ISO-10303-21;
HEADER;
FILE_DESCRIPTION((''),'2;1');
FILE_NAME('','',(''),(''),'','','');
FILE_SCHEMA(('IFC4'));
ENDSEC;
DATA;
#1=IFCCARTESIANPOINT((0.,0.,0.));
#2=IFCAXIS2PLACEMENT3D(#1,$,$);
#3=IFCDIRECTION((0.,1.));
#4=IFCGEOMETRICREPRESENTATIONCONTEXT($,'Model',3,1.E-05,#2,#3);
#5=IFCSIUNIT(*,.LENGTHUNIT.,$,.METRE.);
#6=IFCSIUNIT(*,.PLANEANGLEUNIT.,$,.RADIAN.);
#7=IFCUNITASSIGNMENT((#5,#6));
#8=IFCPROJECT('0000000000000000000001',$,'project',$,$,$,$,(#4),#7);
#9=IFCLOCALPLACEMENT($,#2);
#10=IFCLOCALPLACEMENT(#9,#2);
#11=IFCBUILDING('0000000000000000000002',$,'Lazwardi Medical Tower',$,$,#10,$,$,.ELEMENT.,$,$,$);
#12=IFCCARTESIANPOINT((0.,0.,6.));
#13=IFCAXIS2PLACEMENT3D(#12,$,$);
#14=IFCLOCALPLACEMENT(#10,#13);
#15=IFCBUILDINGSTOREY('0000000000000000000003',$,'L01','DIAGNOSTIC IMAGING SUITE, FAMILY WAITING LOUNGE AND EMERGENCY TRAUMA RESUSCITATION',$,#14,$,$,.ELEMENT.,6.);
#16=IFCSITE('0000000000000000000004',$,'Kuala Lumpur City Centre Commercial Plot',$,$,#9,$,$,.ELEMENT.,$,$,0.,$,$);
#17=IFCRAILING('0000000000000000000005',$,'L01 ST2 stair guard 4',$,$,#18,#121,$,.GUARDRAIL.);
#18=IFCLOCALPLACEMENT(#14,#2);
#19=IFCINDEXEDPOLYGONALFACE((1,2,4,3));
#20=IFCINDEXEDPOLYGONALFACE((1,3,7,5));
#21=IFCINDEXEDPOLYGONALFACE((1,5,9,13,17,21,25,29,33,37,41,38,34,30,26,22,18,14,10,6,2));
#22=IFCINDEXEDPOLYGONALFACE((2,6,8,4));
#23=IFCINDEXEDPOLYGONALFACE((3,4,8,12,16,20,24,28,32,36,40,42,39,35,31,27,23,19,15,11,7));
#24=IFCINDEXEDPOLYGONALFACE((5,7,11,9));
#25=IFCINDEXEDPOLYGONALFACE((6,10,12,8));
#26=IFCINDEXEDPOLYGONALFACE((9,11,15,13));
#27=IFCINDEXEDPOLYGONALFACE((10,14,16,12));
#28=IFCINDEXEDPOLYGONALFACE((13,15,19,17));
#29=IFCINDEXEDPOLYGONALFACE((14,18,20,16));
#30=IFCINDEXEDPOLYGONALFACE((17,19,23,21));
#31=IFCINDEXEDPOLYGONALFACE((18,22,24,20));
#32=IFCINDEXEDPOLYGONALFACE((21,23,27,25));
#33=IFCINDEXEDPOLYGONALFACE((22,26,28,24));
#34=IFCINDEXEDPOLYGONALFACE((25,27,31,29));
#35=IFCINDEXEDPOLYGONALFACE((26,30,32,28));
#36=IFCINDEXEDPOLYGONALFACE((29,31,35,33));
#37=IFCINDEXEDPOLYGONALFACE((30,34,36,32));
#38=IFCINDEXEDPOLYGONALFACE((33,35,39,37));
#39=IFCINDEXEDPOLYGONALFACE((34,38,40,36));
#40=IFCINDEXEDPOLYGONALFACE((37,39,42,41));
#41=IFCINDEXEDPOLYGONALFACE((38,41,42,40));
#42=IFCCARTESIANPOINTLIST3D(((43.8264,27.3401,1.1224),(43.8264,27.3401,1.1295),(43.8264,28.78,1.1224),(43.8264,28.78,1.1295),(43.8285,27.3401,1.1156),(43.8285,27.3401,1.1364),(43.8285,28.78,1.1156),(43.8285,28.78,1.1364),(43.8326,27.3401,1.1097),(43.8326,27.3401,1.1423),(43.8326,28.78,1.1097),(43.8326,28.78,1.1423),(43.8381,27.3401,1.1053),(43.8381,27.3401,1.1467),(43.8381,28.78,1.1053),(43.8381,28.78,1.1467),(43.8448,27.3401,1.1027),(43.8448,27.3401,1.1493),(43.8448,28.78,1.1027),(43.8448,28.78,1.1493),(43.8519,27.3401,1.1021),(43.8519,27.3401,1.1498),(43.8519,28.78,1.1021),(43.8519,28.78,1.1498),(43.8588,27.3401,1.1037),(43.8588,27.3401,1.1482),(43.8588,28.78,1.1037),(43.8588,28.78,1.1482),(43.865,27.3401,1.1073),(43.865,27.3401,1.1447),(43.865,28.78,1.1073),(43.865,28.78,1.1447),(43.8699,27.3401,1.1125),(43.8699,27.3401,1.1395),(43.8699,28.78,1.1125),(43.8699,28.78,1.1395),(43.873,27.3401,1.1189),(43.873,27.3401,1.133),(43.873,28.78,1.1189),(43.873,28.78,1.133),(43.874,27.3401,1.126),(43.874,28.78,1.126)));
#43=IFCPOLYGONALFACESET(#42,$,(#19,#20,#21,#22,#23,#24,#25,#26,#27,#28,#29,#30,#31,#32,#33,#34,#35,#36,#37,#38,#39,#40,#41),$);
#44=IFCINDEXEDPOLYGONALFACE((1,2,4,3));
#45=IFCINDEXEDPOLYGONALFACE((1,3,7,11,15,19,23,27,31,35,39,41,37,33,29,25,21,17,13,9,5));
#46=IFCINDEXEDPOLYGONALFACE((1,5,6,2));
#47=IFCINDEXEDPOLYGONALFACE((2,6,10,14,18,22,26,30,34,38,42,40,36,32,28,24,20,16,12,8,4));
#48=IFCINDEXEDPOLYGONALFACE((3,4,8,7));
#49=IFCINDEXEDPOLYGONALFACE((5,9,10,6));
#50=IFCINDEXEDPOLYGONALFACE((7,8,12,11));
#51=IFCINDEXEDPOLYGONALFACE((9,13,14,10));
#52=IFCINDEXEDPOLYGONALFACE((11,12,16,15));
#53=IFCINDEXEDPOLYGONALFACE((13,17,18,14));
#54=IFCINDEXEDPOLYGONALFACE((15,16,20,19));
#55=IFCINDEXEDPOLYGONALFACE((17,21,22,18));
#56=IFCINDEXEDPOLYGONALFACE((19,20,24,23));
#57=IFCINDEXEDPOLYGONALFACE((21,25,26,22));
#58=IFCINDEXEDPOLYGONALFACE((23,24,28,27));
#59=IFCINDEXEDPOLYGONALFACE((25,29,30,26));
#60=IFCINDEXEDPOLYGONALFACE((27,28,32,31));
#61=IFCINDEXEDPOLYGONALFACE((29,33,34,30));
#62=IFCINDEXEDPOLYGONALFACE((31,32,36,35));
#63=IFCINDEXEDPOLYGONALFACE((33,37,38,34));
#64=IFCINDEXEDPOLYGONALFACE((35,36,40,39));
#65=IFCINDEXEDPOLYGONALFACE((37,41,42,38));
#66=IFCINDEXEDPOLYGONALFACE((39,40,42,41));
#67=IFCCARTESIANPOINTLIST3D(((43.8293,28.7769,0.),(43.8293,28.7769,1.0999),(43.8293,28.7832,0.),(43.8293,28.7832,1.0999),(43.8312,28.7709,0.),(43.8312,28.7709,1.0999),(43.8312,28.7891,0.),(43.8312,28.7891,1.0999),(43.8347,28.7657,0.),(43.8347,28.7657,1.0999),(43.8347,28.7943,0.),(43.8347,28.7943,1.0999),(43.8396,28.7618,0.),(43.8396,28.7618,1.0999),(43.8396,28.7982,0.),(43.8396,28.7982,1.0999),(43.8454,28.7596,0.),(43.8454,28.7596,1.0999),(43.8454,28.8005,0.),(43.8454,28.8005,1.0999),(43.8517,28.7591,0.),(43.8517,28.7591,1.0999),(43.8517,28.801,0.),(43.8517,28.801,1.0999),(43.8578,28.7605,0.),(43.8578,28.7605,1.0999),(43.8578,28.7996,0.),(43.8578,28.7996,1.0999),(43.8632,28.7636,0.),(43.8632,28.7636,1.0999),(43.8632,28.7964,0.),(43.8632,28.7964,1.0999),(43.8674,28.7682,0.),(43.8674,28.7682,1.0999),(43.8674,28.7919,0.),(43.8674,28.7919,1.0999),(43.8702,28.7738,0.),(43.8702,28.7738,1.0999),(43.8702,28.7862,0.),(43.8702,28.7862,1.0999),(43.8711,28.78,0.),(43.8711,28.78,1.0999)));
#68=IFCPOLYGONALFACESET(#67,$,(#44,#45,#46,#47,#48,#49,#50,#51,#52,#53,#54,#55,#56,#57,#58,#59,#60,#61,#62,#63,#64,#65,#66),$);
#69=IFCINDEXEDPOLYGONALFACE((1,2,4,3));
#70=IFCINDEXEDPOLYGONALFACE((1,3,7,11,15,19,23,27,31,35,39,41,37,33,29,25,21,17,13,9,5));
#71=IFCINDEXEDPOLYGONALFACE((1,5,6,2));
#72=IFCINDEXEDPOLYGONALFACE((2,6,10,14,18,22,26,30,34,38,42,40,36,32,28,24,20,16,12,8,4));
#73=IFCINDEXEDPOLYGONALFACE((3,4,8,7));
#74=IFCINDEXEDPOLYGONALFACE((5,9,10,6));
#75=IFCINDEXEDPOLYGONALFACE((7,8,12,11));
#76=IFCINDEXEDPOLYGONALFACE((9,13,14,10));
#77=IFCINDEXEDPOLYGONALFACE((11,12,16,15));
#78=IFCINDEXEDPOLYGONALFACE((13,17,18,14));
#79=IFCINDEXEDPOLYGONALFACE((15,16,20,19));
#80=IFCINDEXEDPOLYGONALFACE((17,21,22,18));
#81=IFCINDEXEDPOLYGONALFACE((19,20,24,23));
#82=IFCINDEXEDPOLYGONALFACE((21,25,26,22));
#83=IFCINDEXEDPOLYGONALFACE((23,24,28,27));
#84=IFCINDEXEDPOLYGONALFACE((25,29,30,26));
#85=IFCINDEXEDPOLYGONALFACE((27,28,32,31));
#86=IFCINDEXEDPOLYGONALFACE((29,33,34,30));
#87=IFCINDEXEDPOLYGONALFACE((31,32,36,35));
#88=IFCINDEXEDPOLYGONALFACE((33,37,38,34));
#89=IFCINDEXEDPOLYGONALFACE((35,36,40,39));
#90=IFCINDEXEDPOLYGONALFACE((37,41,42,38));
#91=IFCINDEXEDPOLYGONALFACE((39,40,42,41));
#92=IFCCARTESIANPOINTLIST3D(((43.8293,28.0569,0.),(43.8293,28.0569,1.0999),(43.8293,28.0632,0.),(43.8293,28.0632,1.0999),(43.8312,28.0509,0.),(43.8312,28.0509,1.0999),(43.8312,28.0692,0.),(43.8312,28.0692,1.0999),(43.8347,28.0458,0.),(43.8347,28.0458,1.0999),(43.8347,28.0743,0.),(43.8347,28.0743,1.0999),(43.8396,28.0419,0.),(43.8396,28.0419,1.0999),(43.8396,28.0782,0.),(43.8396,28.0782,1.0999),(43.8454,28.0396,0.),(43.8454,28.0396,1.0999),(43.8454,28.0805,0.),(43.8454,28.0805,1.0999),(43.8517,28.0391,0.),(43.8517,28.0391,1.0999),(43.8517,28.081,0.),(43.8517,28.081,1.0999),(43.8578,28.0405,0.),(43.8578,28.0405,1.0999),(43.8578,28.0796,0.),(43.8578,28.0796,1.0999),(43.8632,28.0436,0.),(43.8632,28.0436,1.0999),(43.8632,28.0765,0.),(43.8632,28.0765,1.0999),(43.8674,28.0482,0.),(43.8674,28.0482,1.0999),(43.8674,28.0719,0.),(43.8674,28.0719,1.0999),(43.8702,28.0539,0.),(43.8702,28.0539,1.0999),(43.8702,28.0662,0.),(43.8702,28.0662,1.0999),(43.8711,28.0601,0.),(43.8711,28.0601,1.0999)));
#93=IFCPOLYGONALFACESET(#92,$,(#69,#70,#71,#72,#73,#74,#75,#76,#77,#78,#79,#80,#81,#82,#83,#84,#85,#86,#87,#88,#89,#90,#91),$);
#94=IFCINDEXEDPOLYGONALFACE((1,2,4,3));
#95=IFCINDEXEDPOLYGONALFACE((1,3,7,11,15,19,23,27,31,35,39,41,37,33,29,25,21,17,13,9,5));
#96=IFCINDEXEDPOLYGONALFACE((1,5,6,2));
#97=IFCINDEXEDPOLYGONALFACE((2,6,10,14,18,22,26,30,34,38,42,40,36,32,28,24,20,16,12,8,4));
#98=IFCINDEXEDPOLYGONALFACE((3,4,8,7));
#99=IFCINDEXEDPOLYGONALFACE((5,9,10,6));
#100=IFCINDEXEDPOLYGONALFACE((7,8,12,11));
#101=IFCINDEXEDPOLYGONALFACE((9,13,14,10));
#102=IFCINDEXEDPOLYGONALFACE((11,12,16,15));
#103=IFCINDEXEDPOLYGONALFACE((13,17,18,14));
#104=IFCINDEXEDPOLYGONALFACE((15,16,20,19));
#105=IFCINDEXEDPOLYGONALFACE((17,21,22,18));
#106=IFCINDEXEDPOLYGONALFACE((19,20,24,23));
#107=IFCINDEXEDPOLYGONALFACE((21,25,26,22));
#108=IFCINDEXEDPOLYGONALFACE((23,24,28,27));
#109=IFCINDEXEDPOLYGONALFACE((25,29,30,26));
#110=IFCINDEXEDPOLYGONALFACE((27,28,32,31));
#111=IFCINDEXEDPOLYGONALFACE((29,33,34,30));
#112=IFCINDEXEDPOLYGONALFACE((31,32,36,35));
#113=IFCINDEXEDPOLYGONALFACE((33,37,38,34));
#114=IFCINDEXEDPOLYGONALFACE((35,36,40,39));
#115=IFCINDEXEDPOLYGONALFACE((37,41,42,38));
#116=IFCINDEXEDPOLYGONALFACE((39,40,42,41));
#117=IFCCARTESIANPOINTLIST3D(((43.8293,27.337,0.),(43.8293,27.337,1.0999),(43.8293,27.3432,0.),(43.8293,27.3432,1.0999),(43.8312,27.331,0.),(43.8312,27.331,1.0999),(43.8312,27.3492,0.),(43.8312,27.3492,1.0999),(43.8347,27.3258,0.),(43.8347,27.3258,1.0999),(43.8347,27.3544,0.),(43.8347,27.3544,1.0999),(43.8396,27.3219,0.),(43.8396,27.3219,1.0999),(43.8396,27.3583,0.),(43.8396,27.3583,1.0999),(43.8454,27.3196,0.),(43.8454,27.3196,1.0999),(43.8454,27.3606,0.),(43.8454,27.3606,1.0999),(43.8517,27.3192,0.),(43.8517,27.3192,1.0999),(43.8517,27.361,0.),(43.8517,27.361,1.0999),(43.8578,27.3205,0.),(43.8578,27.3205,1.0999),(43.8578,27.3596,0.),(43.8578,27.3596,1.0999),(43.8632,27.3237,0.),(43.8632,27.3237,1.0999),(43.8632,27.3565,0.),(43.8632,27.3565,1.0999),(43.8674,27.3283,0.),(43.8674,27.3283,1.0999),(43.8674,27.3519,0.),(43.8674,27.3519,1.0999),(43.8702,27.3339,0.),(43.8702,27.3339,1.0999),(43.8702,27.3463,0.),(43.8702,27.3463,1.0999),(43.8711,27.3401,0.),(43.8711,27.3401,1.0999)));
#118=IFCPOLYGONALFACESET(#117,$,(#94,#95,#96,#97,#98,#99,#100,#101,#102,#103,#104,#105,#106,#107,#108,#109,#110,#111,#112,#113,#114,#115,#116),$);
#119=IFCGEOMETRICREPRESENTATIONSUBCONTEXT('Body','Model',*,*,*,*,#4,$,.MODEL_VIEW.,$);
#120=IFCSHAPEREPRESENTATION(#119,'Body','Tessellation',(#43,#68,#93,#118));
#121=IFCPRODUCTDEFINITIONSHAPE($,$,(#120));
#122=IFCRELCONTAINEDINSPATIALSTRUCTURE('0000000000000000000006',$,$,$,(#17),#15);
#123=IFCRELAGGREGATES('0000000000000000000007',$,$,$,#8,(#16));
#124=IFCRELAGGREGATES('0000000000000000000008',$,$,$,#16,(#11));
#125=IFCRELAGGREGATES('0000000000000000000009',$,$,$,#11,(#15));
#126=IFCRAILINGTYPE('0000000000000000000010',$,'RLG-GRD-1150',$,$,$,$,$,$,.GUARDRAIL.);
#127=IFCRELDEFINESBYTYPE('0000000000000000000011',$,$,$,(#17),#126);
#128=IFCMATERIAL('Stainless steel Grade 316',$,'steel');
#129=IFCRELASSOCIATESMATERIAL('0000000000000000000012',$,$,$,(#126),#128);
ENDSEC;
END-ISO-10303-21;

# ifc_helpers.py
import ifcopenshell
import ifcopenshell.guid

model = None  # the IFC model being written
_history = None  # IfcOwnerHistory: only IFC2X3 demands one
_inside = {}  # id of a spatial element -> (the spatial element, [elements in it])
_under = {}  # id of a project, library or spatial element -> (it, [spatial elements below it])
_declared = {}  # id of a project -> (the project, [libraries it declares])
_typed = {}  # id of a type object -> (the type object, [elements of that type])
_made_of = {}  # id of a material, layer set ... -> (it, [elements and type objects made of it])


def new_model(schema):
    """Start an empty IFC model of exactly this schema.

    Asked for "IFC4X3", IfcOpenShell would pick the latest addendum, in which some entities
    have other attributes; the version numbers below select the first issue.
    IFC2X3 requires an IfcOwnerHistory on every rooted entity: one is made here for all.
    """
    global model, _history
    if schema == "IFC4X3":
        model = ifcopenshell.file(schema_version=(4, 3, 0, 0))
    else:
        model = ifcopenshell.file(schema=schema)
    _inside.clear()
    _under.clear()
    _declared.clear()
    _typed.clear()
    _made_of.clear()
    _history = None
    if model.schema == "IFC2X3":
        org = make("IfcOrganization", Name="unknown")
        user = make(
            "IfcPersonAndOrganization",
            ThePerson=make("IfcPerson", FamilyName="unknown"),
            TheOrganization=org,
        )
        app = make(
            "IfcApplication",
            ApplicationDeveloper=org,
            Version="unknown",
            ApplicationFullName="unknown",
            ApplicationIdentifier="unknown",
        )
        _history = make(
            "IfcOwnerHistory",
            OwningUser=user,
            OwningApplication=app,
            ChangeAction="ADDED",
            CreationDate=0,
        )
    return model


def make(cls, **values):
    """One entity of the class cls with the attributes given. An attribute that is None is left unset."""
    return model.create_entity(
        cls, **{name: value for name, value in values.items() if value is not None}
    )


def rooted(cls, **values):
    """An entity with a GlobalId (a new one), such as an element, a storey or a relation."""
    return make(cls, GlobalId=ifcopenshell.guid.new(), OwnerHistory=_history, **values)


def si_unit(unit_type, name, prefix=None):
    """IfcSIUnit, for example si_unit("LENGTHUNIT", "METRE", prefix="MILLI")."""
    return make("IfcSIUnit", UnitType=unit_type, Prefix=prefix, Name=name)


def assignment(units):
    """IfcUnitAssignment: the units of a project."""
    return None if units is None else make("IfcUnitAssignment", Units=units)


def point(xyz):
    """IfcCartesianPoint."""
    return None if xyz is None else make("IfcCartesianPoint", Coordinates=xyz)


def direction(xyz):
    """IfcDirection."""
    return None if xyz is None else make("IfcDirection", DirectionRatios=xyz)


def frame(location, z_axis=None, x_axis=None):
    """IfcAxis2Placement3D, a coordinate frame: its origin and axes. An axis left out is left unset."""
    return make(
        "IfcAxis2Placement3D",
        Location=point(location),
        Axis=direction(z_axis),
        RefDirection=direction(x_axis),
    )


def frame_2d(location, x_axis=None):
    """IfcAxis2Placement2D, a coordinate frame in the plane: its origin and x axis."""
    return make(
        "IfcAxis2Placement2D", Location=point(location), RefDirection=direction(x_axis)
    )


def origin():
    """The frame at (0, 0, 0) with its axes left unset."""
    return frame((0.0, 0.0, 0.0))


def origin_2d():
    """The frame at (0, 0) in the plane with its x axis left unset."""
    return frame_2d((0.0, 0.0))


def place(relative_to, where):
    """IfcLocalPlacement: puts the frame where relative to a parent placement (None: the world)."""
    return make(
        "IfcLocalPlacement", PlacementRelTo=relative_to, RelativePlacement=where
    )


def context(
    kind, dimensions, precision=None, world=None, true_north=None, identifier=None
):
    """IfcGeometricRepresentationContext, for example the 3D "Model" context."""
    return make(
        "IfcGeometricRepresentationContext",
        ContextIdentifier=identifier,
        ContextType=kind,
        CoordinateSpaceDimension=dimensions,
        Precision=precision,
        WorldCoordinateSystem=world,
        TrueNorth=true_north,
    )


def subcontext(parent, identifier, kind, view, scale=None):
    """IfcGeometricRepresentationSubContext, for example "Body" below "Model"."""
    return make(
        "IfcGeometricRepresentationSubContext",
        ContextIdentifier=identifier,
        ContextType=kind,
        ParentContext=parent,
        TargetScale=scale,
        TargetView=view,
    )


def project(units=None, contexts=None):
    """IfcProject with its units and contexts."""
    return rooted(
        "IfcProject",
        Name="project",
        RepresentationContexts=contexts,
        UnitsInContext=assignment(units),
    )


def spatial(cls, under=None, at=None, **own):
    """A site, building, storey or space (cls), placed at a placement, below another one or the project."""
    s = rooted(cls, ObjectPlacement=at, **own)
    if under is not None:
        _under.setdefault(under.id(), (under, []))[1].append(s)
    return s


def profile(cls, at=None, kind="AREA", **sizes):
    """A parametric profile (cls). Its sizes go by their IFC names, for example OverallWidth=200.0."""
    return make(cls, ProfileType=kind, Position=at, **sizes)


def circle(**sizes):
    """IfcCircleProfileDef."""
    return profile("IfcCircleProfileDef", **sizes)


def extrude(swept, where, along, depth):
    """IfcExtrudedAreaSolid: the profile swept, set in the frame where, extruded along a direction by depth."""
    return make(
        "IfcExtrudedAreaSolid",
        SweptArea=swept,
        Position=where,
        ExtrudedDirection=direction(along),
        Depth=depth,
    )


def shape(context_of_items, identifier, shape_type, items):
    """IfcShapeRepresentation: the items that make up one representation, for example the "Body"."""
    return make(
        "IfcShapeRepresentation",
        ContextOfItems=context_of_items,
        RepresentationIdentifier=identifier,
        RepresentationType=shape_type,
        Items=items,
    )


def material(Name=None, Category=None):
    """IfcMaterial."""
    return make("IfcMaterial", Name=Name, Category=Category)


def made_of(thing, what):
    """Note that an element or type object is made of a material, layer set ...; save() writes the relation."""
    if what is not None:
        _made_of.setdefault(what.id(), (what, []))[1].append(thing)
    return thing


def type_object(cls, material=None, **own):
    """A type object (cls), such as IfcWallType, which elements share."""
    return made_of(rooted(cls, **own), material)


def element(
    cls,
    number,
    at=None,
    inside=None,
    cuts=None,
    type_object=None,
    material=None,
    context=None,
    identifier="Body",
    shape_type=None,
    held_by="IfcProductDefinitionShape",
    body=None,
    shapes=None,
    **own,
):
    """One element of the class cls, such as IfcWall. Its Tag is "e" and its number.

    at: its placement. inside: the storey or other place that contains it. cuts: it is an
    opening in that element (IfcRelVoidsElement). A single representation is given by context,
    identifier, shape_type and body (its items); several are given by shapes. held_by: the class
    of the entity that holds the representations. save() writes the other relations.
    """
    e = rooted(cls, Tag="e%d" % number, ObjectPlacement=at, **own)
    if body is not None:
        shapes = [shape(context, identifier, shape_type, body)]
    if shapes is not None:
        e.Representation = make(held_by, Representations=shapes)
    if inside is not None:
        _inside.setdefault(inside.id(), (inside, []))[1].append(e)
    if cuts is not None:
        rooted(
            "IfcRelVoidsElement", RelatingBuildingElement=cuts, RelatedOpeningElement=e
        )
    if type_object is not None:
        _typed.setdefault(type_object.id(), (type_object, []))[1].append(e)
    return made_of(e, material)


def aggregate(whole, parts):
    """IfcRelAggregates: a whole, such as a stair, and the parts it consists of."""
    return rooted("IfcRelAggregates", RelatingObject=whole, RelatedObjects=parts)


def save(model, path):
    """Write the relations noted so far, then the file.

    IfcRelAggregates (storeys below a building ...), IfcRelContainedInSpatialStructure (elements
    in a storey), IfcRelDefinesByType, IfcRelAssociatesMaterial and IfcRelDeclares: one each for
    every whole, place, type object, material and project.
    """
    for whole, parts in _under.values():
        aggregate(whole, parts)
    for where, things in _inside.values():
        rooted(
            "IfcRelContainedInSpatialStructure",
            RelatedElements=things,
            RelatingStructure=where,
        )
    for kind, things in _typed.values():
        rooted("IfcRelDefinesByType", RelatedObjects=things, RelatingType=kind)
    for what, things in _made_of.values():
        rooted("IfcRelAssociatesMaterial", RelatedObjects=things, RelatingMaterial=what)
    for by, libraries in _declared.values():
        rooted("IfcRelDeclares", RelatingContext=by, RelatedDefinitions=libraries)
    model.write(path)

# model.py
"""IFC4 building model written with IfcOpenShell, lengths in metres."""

from ifc_helpers import new_model, si_unit, direction, frame, origin, origin_2d, place, context, subcontext, project, spatial, circle, extrude, material, type_object, element, save


model = new_model("IFC4")

# Units and contexts
model_context = context("Model", 3, precision=1e-05, world=origin(), true_north=direction((0.0, 1.0)))
body_context = subcontext(model_context, "Body", "Model", "MODEL_VIEW")
ifc_project = project(units=[si_unit("LENGTHUNIT", "METRE"), si_unit("PLANEANGLEUNIT", "RADIAN")], contexts=[model_context])

# Site, building, storey
site_placement = place(None, origin())
site = spatial("IfcSite", under=ifc_project, at=site_placement, Name="Kuala Lumpur City Centre Commercial Plot", CompositionType="ELEMENT", RefElevation=0.0)
building_placement = place(site_placement, origin())
building = spatial("IfcBuilding", under=site, at=building_placement, Name="Lazwardi Medical Tower", CompositionType="ELEMENT")
storey_placement = place(building_placement, frame((0.0, 0.0, 6.0)))
storey = spatial("IfcBuildingStorey", under=building, at=storey_placement, Name="L01", Description="DIAGNOSTIC IMAGING SUITE, FAMILY WAITING LOUNGE AND EMERGENCY TRAUMA RESUSCITATION", CompositionType="ELEMENT", Elevation=6.0)

# Railing
ifc_material_1 = material(Name="Stainless steel Grade 316", Category="steel")
railing_type_1 = type_object("IfcRailingType", Name="RLG-GRD-1150", PredefinedType="GUARDRAIL", material=ifc_material_1)
railing_1_placement = place(storey_placement, frame((43.8501, 28.78, 0.0)))
element("IfcRailing", 1, at=railing_1_placement, inside=storey, type_object=railing_type_1, Name="L01 ST2 stair guard 4", PredefinedType="GUARDRAIL", context=body_context, shape_type="SweptSolid", body=[
    extrude(circle(Radius=0.0239, at=origin_2d()), frame((0.0, 0.0, 1.126), z_axis=(0.0, -1.0, 0.0), x_axis=(1.0, 0.0, 0.0)), (0.0, 0.0, 1.0), 1.4399),
    extrude(circle(Radius=0.021, at=origin_2d()), origin(), (0.0, 0.0, 1.0), 1.0999),
    extrude(circle(Radius=0.021, at=origin_2d()), frame((0.0, -0.72, 0.0)), (0.0, 0.0, 1.0), 1.0999),
    extrude(circle(Radius=0.021, at=origin_2d()), frame((0.0, -1.4399, 0.0)), (0.0, 0.0, 1.0), 1.0999),
])

save(model, "model.ifc")
